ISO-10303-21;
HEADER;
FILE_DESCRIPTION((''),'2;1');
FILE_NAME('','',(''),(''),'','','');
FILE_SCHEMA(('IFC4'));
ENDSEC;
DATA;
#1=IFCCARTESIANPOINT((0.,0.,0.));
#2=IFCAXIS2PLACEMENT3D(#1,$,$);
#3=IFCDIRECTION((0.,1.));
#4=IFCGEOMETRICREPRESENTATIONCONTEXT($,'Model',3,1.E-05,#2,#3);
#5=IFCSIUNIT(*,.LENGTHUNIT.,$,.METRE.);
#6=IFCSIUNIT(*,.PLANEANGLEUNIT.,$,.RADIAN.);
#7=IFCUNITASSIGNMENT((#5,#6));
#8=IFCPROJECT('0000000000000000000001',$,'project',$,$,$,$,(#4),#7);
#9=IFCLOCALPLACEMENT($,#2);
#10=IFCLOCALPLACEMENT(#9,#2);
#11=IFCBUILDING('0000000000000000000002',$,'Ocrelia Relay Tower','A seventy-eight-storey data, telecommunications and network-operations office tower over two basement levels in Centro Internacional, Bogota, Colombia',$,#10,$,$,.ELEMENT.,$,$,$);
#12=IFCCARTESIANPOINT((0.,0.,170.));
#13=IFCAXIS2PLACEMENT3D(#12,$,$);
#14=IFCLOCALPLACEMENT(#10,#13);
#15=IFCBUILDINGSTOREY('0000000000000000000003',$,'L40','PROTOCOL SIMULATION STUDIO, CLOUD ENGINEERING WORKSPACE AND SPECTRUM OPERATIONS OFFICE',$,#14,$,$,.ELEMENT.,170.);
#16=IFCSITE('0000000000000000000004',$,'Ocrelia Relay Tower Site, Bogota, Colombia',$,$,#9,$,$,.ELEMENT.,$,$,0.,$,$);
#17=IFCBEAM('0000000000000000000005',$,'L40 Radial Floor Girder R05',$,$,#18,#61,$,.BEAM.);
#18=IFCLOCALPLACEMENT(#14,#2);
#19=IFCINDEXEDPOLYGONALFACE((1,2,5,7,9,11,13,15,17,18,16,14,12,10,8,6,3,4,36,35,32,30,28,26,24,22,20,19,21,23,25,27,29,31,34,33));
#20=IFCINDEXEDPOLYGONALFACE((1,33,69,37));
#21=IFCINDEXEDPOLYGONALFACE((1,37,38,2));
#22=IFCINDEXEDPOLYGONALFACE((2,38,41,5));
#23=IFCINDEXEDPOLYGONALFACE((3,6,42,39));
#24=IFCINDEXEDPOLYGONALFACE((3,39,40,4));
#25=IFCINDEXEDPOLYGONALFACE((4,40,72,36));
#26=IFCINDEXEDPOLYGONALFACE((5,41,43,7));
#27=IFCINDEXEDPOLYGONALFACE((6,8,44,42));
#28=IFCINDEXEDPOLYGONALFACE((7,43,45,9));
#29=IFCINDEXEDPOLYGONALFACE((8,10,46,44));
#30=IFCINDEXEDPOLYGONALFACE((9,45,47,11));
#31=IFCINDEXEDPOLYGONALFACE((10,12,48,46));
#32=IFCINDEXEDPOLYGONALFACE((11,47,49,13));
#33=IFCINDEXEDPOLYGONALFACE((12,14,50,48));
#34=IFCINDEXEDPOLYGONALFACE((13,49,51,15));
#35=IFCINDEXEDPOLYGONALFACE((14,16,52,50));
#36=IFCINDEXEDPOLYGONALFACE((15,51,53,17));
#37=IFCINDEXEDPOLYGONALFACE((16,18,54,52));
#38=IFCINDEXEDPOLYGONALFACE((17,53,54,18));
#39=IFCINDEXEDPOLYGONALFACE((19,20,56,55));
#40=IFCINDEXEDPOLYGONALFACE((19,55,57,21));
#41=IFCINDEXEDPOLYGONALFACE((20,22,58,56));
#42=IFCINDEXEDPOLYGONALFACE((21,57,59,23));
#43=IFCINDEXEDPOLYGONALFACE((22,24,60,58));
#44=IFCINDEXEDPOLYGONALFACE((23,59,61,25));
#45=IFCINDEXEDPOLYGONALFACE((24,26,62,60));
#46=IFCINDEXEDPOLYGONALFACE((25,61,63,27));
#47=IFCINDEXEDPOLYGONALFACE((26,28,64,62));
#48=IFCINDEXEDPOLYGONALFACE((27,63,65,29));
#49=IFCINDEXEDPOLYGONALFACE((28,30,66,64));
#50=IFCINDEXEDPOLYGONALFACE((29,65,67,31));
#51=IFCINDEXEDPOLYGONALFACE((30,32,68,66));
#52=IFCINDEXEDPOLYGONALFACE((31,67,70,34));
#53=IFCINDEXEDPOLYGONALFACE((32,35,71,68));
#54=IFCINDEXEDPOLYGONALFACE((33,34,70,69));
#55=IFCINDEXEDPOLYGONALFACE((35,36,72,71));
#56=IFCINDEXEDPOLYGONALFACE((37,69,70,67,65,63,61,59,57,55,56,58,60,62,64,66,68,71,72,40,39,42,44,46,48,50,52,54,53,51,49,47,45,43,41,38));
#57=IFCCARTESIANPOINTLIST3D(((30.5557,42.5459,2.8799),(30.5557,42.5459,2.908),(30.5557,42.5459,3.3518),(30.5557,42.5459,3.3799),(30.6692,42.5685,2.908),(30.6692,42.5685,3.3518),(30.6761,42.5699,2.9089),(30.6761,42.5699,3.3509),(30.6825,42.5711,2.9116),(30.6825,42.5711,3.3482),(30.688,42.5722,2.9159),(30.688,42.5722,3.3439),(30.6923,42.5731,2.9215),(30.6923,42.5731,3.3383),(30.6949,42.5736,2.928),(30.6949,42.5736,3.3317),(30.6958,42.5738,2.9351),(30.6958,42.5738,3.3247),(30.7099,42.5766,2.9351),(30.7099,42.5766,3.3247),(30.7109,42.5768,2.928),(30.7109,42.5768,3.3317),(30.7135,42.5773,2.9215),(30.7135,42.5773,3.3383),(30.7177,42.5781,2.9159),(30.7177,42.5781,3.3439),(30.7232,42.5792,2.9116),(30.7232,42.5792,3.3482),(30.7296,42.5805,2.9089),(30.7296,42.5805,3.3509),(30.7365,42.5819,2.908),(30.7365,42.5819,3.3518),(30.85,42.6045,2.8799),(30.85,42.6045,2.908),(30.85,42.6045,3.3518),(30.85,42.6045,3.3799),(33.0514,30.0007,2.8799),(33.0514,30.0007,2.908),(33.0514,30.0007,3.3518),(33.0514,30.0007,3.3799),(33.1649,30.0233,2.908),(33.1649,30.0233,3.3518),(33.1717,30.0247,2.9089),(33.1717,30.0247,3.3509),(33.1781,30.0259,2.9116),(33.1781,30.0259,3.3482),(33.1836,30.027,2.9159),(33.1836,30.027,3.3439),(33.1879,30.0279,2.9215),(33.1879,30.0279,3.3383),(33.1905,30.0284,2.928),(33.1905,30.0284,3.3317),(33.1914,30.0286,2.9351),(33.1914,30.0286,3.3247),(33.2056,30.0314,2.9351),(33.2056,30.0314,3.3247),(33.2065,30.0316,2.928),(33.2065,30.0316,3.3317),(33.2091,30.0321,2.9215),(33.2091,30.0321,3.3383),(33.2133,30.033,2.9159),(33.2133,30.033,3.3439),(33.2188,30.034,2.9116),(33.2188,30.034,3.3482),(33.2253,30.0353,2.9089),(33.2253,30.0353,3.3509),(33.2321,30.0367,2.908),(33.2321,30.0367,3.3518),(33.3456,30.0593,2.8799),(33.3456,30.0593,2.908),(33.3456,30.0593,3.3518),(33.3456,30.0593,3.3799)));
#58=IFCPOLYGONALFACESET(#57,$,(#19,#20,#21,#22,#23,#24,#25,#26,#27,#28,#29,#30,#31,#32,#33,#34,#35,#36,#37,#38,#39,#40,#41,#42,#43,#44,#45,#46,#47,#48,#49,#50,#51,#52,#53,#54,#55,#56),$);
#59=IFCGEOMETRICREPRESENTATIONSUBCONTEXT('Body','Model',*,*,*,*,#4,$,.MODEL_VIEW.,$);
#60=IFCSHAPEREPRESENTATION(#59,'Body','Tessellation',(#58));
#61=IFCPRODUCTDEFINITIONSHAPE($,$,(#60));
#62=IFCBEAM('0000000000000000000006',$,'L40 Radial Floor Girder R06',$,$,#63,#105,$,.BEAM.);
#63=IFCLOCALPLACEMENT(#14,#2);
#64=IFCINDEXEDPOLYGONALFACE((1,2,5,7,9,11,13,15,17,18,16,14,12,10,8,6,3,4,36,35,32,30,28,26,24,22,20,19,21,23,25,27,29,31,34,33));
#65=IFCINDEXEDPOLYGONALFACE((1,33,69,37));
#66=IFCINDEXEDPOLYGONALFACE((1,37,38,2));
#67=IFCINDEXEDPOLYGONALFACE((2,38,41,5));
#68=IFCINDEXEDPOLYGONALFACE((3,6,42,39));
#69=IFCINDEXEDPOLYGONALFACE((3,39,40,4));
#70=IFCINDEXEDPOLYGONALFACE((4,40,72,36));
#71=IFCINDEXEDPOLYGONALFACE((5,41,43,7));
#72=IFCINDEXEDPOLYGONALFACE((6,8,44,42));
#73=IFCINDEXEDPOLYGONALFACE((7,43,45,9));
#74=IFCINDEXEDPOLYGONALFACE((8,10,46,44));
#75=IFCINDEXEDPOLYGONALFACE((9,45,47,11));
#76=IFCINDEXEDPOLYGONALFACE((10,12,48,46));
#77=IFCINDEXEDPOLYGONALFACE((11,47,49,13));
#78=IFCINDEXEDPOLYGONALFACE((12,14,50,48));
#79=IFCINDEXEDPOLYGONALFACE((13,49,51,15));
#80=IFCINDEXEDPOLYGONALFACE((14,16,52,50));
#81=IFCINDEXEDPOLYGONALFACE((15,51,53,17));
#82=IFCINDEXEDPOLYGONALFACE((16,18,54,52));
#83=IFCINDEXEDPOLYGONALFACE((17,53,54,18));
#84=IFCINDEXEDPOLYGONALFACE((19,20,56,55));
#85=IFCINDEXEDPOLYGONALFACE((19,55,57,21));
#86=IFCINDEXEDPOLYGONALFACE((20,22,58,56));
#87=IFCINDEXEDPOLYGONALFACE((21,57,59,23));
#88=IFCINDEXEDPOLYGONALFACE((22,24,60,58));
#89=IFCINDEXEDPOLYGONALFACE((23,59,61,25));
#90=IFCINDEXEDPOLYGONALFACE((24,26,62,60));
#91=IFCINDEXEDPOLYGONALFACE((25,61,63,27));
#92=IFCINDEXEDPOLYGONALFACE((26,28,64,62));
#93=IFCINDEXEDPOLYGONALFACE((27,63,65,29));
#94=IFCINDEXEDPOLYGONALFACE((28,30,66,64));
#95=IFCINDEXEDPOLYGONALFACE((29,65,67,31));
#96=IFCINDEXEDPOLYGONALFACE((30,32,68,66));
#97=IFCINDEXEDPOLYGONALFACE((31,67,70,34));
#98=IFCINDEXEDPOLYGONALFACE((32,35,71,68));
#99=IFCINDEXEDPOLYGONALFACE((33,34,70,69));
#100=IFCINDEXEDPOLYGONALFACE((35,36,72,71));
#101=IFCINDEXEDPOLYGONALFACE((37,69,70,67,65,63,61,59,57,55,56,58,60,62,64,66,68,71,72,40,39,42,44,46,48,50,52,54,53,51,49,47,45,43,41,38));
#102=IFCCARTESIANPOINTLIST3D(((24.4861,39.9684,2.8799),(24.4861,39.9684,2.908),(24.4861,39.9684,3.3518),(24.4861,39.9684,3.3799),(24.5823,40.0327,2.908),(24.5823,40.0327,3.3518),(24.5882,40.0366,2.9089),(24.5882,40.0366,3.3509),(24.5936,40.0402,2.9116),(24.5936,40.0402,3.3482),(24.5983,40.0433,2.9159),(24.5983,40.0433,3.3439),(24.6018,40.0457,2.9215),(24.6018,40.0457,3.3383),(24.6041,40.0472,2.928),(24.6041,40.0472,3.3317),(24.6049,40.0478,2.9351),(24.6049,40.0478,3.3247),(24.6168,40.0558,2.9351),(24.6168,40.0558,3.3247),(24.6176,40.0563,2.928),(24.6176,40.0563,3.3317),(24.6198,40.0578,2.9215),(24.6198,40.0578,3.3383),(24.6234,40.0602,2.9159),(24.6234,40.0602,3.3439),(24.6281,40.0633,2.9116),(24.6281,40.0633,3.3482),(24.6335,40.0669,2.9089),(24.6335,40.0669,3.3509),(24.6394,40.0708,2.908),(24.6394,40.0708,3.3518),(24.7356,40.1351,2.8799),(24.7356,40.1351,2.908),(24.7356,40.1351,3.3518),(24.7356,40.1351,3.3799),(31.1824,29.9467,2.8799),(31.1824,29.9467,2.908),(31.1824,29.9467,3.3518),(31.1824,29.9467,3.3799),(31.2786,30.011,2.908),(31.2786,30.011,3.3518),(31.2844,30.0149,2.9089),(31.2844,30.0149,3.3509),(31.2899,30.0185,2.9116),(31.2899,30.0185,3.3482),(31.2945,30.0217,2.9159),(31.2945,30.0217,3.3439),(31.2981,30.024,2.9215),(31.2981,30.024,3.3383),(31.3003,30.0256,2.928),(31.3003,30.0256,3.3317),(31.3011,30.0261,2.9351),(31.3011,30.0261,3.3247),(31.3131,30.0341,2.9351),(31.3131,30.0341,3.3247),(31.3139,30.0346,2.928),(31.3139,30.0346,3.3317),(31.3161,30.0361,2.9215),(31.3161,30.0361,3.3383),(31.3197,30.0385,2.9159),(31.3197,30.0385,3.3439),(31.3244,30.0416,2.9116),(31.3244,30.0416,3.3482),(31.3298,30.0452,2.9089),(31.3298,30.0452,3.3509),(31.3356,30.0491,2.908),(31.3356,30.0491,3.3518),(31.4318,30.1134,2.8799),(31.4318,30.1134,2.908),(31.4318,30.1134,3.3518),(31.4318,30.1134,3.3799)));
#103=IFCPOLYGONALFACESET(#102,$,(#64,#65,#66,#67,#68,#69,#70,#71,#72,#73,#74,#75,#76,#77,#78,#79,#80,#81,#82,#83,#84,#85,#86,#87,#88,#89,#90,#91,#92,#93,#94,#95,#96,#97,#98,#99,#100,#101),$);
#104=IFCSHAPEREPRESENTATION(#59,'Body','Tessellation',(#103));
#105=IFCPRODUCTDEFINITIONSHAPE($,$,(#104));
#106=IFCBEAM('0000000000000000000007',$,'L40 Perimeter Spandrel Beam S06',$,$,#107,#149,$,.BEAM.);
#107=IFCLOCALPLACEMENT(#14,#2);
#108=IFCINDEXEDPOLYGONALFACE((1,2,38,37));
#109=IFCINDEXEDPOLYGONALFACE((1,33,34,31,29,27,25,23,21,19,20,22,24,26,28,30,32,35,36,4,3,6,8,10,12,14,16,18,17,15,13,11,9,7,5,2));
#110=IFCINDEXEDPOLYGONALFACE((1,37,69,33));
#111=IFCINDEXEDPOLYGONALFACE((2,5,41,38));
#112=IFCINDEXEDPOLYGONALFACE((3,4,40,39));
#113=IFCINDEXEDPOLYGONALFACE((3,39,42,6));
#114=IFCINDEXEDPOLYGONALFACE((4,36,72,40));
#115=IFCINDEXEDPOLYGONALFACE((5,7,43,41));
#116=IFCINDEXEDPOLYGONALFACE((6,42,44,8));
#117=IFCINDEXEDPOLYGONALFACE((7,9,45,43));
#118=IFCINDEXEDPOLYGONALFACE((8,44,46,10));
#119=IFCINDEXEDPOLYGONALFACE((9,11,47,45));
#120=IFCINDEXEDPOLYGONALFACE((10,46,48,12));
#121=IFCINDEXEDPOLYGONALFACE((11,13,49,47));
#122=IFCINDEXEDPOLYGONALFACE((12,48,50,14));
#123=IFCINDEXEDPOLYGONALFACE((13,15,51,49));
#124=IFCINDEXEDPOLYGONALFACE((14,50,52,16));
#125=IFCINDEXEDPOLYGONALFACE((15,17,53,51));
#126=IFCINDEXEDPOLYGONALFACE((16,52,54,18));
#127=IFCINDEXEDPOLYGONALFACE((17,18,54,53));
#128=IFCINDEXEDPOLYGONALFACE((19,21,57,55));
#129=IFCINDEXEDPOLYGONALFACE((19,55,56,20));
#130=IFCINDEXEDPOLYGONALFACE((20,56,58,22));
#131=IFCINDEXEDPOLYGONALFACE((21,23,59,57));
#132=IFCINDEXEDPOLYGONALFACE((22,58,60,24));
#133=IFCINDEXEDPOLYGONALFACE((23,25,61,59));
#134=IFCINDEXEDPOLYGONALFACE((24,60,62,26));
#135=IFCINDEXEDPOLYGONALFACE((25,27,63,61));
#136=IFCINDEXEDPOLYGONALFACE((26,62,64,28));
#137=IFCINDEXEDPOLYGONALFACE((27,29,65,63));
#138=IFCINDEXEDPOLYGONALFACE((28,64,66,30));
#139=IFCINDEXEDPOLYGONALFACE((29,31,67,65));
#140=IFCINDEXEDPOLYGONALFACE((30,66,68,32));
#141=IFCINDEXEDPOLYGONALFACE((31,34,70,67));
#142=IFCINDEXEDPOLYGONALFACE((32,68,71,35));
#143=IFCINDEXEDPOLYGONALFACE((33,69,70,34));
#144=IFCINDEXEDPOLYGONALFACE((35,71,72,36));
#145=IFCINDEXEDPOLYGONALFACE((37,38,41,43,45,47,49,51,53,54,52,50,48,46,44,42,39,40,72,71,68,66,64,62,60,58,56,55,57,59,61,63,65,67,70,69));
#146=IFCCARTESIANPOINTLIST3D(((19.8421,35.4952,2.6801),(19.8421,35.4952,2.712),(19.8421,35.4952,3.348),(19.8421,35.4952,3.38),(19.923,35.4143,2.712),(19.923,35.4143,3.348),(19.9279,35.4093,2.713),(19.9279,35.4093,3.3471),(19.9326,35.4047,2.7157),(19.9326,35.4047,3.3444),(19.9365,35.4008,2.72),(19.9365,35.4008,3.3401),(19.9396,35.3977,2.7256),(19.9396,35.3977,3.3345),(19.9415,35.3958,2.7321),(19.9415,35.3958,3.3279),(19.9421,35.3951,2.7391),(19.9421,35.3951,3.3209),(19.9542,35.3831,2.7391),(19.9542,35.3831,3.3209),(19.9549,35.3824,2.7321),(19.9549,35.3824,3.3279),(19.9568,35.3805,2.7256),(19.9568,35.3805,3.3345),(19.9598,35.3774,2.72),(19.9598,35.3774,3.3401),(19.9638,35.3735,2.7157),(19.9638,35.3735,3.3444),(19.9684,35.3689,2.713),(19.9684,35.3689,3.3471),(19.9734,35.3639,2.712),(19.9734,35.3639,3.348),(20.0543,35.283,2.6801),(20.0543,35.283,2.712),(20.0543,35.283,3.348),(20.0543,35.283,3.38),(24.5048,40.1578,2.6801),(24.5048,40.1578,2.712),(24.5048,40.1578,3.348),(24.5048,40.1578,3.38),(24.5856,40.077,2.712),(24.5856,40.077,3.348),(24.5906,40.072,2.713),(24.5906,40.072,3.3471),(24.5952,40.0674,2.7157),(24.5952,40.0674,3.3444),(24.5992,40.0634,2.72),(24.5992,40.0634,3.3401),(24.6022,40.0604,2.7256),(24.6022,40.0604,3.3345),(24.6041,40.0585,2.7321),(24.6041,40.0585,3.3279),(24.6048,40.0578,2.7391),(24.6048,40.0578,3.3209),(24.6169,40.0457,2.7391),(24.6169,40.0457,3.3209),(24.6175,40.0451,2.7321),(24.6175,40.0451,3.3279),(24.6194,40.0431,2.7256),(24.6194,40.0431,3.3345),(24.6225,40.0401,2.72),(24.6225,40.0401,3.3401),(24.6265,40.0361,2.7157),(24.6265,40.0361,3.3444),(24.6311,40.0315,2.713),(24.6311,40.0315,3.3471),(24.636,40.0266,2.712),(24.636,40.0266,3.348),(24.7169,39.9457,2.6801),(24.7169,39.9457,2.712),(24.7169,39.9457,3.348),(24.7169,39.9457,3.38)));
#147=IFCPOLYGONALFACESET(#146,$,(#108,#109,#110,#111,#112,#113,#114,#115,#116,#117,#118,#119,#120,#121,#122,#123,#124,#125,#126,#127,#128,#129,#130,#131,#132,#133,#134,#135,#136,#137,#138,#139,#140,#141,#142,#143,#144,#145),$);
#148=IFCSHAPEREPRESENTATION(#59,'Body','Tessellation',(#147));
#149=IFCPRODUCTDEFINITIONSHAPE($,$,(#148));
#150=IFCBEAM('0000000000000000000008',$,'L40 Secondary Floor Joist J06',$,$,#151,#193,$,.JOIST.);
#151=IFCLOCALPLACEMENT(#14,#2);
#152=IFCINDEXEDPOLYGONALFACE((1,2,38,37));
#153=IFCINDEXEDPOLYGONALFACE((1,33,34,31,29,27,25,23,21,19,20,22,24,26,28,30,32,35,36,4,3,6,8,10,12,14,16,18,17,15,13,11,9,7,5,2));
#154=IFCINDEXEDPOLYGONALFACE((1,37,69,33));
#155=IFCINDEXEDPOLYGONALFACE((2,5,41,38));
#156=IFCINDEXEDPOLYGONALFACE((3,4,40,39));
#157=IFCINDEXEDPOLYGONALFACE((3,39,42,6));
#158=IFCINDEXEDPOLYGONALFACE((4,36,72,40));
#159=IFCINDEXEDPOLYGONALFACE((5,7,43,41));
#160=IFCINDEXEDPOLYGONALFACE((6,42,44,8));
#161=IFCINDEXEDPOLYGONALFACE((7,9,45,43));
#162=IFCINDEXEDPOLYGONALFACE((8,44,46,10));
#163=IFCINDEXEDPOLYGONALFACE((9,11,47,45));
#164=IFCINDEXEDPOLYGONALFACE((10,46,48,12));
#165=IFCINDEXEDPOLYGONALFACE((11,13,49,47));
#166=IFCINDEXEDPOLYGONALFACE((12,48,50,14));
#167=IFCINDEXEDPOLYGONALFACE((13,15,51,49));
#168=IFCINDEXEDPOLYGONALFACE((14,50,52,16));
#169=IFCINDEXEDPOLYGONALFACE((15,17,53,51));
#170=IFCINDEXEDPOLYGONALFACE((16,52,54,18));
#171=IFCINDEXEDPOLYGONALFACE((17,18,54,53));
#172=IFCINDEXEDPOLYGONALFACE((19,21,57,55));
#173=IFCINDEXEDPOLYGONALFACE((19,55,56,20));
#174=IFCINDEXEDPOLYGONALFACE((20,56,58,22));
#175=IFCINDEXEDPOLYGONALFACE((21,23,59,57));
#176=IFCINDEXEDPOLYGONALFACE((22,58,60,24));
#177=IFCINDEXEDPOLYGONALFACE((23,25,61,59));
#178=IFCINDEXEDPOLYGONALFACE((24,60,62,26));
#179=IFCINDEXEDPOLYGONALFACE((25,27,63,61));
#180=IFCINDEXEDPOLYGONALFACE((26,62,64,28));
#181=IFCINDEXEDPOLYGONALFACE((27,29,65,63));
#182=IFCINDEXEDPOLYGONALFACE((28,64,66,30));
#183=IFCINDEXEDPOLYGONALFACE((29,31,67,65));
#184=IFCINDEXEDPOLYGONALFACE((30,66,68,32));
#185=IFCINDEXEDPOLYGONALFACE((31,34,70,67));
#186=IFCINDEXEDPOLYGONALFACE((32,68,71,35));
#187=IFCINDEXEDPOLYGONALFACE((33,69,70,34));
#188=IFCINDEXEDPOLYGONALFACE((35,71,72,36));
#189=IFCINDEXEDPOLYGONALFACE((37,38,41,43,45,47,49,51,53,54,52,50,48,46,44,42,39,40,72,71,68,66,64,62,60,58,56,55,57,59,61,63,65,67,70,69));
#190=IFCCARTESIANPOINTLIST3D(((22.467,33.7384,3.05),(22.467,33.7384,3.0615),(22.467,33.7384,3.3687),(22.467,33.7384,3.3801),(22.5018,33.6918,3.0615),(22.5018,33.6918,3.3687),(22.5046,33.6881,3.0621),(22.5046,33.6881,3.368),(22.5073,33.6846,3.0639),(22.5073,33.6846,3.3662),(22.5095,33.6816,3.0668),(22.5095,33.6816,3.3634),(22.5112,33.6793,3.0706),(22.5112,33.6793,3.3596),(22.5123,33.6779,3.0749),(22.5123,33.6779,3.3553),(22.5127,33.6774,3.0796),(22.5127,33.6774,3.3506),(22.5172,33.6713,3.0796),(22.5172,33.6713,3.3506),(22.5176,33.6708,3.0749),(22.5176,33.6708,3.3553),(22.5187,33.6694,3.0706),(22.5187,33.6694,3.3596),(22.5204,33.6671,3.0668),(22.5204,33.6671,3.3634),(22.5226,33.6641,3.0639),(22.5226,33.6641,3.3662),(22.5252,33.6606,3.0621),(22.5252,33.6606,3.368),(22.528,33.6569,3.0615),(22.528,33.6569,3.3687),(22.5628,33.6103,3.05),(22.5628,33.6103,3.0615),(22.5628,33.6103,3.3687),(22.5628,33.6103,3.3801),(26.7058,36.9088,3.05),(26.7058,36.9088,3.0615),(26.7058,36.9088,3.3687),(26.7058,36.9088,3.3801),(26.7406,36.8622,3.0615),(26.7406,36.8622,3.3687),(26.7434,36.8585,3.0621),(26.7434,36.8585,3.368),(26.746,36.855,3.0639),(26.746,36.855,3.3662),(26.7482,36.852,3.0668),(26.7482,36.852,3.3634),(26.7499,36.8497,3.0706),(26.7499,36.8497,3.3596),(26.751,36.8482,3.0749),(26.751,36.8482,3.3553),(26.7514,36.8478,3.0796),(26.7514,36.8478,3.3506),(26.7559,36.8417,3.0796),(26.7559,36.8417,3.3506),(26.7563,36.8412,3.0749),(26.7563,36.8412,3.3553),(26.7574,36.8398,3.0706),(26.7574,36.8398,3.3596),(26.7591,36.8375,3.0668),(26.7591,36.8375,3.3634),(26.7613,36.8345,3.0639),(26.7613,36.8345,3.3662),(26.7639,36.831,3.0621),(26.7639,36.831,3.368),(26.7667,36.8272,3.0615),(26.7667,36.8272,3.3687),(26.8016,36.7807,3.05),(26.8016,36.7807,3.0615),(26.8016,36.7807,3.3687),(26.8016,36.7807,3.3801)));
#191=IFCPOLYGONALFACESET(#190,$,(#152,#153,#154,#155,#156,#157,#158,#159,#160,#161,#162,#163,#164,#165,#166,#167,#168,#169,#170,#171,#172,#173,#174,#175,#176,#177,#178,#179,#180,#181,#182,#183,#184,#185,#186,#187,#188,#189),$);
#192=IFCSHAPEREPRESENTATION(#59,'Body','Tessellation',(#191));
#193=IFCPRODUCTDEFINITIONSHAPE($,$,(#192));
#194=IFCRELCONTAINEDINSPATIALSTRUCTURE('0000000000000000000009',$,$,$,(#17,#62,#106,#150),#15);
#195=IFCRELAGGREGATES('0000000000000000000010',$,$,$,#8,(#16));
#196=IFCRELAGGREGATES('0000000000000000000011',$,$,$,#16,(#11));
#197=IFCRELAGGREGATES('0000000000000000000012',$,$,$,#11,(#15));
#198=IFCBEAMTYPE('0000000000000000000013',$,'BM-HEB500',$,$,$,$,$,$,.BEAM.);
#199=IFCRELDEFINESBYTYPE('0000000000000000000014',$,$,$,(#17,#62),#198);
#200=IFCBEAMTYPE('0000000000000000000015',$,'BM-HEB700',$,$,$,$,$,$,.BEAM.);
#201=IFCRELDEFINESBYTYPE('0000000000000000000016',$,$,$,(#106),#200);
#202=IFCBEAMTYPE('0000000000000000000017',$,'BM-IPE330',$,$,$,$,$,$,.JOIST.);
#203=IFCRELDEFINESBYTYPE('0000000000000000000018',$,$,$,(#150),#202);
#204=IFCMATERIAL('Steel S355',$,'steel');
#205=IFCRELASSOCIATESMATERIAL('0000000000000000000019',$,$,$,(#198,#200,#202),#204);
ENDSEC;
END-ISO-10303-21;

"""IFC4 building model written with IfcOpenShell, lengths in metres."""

from ifc_helpers import new_model, si_unit, direction, frame, origin, origin_2d, place, context, subcontext, project, spatial, i_section, extrude, material, material_profile, profile_set, type_object, element, save


model = new_model("IFC4")

# Units and contexts
model_context = context("Model", 3, precision=1e-05, world=origin(), true_north=direction((0.0, 1.0)))
body_context = subcontext(model_context, "Body", "Model", "MODEL_VIEW")
ifc_project = project(units=[si_unit("LENGTHUNIT", "METRE"), si_unit("PLANEANGLEUNIT", "RADIAN")], contexts=[model_context])

# Site, building, storey
site_placement = place(None, origin())
site = spatial("IfcSite", under=ifc_project, at=site_placement, Name="Ocrelia Relay Tower Site, Bogota, Colombia", CompositionType="ELEMENT", RefElevation=0.0)
building_placement = place(site_placement, origin())
building = spatial("IfcBuilding", under=site, at=building_placement, Name="Ocrelia Relay Tower", Description="A seventy-eight-storey data, telecommunications and network-operations office tower over two basement levels in Centro Internacional, Bogota, Colombia", CompositionType="ELEMENT")
storey_placement = place(building_placement, frame((0.0, 0.0, 170.0)))
storey = spatial("IfcBuildingStorey", under=building, at=storey_placement, Name="L40", Description="PROTOCOL SIMULATION STUDIO, CLOUD ENGINEERING WORKSPACE AND SPECTRUM OPERATIONS OFFICE", CompositionType="ELEMENT", Elevation=170.0)

# Beams
ifc_material_1 = material(Name="Steel S355", Category="steel")
ifc_material_profile_1 = material_profile(ifc_material_1, i_section(OverallWidth=0.3, OverallDepth=0.5, WebThickness=0.0144, FlangeThickness=0.0281, FilletRadius=0.0271, at=origin_2d()), Name="HEB 500")
ifc_profile_set_1 = profile_set([ifc_material_profile_1], Name="Steel S355")
beam_type_1 = type_object("IfcBeamType", Name="BM-HEB500", PredefinedType="BEAM", material=ifc_profile_set_1)
beam_1_placement = place(storey_placement, frame((30.7029, 42.5752, 3.1299), z_axis=(0.195107, -0.980782, 0.0), x_axis=(0.980782, 0.195107, 0.0)))
element("IfcBeam", 1, at=beam_1_placement, inside=storey, type_object=beam_type_1, Name="L40 Radial Floor Girder R05", PredefinedType="BEAM", context=body_context, shape_type="SweptSolid", body=[
    extrude(i_section(OverallWidth=0.3, OverallDepth=0.5, WebThickness=0.0144, FlangeThickness=0.0281, FilletRadius=0.0271, at=origin_2d()), origin(), (0.0, 0.0, 1.0), 12.791),
])
beam_2_placement = place(storey_placement, frame((24.6108, 40.0518, 3.1299), z_axis=(0.555569, -0.83147, 0.0), x_axis=(0.83147, 0.555569, 0.0)))
element("IfcBeam", 2, at=beam_2_placement, inside=storey, type_object=beam_type_1, Name="L40 Radial Floor Girder R06", PredefinedType="BEAM", context=body_context, shape_type="SweptSolid", body=[
    extrude(i_section(OverallWidth=0.3, OverallDepth=0.5, WebThickness=0.0144, FlangeThickness=0.0281, FilletRadius=0.0271, at=origin_2d()), origin(), (0.0, 0.0, 1.0), 12.053),
])
ifc_material_profile_2 = material_profile(ifc_material_1, i_section(OverallWidth=0.3, OverallDepth=0.7, WebThickness=0.0171, FlangeThickness=0.032, FilletRadius=0.0271, at=origin_2d()), Name="HEB 700")
ifc_profile_set_2 = profile_set([ifc_material_profile_2], Name="Steel S355")
beam_type_2 = type_object("IfcBeamType", Name="BM-HEB700", PredefinedType="BEAM", material=ifc_profile_set_2)
beam_3_placement = place(storey_placement, frame((24.6108, 40.0518, 3.03), z_axis=(-0.707107, -0.707107, 0.0), x_axis=(0.707107, -0.707107, 0.0)))
element("IfcBeam", 3, at=beam_3_placement, inside=storey, type_object=beam_type_2, Name="L40 Perimeter Spandrel Beam S06", PredefinedType="BEAM", context=body_context, shape_type="SweptSolid", body=[
    extrude(i_section(OverallWidth=0.3, OverallDepth=0.7, WebThickness=0.0171, FlangeThickness=0.032, FilletRadius=0.0271, at=origin_2d()), origin(), (0.0, 0.0, 1.0), 6.594),
])
ifc_material_profile_3 = material_profile(ifc_material_1, i_section(OverallWidth=0.1599, OverallDepth=0.3301, WebThickness=0.0076, FlangeThickness=0.0115, FilletRadius=0.0181, at=origin_2d()), Name="IPE 330")
ifc_profile_set_3 = profile_set([ifc_material_profile_3], Name="Steel S355")
beam_type_3 = type_object("IfcBeamType", Name="BM-IPE330", PredefinedType="JOIST", material=ifc_profile_set_3)
beam_4_placement = place(storey_placement, frame((26.7537, 36.8447, 3.2151), z_axis=(-0.800785, -0.598952, 0.0), x_axis=(0.598952, -0.800785, 0.0)))
element("IfcBeam", 4, at=beam_4_placement, inside=storey, type_object=beam_type_3, Name="L40 Secondary Floor Joist J06", PredefinedType="JOIST", context=body_context, shape_type="SweptSolid", body=[
    extrude(i_section(OverallWidth=0.1599, OverallDepth=0.3301, WebThickness=0.0076, FlangeThickness=0.0115, FilletRadius=0.0181, at=origin_2d()), origin(), (0.0, 0.0, 1.0), 5.2932),
])

save(model, "model.ifc")
